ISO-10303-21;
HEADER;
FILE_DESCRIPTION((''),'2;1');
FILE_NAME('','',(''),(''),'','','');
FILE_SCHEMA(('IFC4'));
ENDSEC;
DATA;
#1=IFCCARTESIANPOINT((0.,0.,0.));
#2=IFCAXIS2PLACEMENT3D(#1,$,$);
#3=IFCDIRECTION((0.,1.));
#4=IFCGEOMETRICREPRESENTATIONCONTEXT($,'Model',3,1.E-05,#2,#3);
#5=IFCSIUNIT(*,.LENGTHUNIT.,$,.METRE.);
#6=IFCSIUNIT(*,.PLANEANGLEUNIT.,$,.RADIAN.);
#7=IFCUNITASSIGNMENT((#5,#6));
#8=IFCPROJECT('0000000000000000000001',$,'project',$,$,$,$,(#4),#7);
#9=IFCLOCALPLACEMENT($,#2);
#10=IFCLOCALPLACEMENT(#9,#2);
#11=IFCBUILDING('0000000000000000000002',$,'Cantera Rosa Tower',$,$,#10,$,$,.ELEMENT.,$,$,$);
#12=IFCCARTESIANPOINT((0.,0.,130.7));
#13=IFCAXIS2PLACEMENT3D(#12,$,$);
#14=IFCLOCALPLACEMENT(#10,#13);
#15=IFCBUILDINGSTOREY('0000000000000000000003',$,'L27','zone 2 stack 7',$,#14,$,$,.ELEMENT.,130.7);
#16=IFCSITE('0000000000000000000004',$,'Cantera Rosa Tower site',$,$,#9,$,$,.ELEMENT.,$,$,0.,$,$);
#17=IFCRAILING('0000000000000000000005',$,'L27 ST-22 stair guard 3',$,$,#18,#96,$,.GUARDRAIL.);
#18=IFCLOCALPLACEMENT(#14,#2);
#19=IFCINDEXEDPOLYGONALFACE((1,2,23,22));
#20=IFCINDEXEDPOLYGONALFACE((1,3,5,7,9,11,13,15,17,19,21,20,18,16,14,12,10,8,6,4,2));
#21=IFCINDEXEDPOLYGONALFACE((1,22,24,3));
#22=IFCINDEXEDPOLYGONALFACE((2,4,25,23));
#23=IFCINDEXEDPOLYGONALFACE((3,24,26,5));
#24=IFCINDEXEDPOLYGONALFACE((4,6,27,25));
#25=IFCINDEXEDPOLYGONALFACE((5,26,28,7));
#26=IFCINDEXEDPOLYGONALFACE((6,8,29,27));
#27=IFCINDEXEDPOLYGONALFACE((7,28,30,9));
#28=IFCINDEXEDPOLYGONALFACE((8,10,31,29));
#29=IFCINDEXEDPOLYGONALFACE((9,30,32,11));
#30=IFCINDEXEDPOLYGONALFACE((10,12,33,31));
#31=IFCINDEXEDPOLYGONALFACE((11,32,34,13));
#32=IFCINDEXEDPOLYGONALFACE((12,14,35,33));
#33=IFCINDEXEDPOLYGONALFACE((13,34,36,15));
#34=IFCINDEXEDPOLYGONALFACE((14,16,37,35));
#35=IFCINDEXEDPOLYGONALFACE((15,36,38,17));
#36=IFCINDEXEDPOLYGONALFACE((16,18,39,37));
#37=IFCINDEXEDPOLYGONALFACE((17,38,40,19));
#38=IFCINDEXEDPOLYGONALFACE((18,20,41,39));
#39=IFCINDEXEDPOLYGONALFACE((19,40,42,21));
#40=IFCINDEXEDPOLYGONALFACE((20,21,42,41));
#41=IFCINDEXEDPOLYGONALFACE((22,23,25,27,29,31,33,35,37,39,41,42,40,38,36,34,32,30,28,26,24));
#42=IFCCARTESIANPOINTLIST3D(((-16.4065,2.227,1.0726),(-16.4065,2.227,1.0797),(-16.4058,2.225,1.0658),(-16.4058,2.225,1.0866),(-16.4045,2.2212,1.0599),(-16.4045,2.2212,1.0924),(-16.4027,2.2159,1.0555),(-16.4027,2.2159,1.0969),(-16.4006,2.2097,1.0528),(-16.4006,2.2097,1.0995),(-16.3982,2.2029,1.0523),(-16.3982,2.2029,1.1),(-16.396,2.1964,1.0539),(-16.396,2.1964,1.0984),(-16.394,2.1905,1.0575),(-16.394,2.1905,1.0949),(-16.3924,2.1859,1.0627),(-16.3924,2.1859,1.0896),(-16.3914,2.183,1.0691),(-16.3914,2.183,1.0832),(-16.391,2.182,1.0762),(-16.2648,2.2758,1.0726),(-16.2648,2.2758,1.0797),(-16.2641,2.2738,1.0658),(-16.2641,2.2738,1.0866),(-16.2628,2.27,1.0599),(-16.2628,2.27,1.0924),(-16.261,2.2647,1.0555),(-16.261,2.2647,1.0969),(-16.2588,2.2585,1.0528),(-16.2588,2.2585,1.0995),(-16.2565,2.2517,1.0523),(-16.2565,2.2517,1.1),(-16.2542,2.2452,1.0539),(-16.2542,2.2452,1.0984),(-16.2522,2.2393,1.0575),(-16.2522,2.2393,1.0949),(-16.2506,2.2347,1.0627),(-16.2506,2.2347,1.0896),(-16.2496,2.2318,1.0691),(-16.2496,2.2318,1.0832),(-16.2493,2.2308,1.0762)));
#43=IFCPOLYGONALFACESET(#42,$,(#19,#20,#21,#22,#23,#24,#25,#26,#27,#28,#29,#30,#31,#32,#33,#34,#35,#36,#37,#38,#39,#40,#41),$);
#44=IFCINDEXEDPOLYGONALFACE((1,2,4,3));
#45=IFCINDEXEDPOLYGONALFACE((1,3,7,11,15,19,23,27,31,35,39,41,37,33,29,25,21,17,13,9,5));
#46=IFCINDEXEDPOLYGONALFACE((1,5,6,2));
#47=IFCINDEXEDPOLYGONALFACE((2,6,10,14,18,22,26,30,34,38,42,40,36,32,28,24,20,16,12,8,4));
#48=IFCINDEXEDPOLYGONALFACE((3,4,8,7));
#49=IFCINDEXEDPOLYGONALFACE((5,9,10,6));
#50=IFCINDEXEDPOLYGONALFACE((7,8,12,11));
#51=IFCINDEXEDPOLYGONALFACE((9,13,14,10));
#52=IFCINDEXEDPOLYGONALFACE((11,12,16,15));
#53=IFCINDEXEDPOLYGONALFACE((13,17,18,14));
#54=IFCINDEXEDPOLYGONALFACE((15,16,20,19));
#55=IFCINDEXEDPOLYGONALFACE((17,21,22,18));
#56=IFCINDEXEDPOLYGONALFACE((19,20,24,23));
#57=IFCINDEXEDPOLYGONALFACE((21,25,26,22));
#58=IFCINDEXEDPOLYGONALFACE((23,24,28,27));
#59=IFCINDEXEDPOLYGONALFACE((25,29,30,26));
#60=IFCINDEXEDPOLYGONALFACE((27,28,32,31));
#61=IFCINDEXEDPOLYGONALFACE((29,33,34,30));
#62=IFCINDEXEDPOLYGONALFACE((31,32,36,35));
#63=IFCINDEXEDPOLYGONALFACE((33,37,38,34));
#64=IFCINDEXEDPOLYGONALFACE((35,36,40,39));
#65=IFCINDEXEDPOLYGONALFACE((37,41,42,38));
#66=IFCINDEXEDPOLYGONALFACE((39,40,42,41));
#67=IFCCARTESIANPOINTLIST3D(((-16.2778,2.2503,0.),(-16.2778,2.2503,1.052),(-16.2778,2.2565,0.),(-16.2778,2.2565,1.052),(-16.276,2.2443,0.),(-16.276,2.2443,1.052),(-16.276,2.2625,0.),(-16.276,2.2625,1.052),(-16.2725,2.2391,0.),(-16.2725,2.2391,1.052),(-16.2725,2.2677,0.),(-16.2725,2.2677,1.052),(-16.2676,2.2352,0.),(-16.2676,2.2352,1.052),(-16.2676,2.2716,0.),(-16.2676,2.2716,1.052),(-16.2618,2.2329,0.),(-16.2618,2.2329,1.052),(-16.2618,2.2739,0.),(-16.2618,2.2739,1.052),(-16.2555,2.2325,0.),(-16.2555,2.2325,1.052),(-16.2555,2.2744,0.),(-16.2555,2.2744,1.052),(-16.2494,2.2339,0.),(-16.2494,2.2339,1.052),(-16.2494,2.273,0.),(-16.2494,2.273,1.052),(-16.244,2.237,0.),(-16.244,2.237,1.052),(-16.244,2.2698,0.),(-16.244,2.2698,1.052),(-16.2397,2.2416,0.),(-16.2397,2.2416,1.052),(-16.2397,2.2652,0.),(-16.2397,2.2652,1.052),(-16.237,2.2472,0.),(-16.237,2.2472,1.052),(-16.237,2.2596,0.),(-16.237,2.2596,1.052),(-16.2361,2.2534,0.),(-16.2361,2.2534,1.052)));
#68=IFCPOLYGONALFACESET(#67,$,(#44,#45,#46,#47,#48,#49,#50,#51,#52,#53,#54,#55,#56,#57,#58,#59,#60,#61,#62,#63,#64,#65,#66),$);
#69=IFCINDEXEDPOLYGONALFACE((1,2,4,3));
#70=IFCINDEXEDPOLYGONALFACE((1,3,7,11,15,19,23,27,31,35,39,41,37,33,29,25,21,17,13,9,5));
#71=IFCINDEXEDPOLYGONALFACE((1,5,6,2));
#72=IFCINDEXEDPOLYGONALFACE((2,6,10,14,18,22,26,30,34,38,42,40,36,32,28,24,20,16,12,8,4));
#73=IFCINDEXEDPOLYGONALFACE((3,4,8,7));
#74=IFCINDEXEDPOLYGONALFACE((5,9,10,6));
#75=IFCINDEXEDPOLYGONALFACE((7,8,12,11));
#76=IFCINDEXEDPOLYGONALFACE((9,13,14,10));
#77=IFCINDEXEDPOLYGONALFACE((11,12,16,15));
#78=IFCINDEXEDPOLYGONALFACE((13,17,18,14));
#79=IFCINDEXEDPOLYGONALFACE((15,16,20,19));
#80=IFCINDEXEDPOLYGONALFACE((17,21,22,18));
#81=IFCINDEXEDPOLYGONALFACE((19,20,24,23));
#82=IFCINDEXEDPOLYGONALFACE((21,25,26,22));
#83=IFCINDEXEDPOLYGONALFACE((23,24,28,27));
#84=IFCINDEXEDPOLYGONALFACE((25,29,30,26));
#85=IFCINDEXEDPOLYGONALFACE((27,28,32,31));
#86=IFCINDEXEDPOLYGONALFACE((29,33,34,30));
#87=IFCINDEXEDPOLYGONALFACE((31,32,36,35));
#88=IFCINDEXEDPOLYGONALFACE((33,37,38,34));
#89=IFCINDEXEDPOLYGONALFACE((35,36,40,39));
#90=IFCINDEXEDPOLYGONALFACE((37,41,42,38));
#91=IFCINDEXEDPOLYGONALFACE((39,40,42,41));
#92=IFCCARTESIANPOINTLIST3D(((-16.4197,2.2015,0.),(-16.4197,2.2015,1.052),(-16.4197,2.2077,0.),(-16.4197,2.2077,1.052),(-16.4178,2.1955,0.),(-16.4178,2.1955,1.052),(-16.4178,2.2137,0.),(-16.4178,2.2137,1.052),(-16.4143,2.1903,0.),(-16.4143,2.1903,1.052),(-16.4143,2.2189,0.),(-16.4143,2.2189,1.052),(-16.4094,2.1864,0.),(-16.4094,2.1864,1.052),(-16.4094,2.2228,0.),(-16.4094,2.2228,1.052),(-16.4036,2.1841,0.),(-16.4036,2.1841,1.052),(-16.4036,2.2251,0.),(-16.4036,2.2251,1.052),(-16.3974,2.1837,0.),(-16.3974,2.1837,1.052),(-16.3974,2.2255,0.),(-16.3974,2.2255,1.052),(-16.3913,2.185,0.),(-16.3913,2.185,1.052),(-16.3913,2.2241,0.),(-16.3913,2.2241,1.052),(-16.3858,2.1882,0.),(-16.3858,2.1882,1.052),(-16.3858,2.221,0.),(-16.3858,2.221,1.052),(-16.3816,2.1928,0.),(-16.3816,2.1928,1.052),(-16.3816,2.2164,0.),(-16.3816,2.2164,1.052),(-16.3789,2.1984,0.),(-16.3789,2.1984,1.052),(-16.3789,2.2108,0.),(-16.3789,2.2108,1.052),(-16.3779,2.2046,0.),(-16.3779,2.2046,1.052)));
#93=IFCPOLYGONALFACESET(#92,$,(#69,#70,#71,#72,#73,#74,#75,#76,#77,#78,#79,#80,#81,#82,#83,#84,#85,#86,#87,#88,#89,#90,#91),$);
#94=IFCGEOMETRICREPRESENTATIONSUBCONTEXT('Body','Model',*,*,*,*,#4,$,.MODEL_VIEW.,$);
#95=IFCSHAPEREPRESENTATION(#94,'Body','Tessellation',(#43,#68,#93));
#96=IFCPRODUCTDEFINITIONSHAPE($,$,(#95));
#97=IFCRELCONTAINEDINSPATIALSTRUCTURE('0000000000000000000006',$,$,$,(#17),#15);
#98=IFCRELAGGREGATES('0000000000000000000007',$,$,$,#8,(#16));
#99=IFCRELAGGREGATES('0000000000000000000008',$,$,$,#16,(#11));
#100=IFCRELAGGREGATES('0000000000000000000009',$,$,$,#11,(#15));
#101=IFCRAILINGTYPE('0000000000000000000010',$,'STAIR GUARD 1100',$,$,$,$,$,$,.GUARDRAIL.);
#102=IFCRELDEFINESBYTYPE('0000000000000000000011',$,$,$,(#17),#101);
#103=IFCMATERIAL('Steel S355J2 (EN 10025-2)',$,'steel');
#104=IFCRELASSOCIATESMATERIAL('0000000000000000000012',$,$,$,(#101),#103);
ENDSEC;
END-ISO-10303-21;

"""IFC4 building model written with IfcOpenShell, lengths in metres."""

from ifc_helpers import new_model, si_unit, direction, frame, origin, origin_2d, place, context, subcontext, project, spatial, circle, extrude, material, type_object, element, save


model = new_model("IFC4")

# Units and contexts
model_context = context("Model", 3, precision=1e-05, world=origin(), true_north=direction((0.0, 1.0)))
body_context = subcontext(model_context, "Body", "Model", "MODEL_VIEW")
ifc_project = project(units=[si_unit("LENGTHUNIT", "METRE"), si_unit("PLANEANGLEUNIT", "RADIAN")], contexts=[model_context])

# Site, building, storey
site_placement = place(None, origin())
site = spatial("IfcSite", under=ifc_project, at=site_placement, Name="Cantera Rosa Tower site", CompositionType="ELEMENT", RefElevation=0.0)
building_placement = place(site_placement, origin())
building = spatial("IfcBuilding", under=site, at=building_placement, Name="Cantera Rosa Tower", CompositionType="ELEMENT")
storey_placement = place(building_placement, frame((0.0, 0.0, 130.7)))
storey = spatial("IfcBuildingStorey", under=building, at=storey_placement, Name="L27", Description="zone 2 stack 7", CompositionType="ELEMENT", Elevation=130.7)

# Railing
ifc_material_1 = material(Name="Steel S355J2 (EN 10025-2)", Category="steel")
railing_type_1 = type_object("IfcRailingType", Name="STAIR GUARD 1100", PredefinedType="GUARDRAIL", material=ifc_material_1)
railing_1_placement = place(storey_placement, frame((-16.2571, 2.2534, 0.0)))
element("IfcRailing", 1, at=railing_1_placement, inside=storey, type_object=railing_type_1, Name="L27 ST-22 stair guard 3", PredefinedType="GUARDRAIL", context=body_context, shape_type="SweptSolid", body=[
    extrude(circle(Radius=0.0239, at=origin_2d()), frame((0.0, 0.0, 1.0762), z_axis=(-0.945546, -0.325489, 0.0), x_axis=(0.325489, -0.945546, 0.0)), (0.0, 0.0, 1.0), 0.1499),
    extrude(circle(Radius=0.021, at=origin_2d()), origin(), (0.0, 0.0, 1.0), 1.052),
    extrude(circle(Radius=0.021, at=origin_2d()), frame((-0.1418, -0.0488, 0.0)), (0.0, 0.0, 1.0), 1.052),
])

save(model, "model.ifc")
